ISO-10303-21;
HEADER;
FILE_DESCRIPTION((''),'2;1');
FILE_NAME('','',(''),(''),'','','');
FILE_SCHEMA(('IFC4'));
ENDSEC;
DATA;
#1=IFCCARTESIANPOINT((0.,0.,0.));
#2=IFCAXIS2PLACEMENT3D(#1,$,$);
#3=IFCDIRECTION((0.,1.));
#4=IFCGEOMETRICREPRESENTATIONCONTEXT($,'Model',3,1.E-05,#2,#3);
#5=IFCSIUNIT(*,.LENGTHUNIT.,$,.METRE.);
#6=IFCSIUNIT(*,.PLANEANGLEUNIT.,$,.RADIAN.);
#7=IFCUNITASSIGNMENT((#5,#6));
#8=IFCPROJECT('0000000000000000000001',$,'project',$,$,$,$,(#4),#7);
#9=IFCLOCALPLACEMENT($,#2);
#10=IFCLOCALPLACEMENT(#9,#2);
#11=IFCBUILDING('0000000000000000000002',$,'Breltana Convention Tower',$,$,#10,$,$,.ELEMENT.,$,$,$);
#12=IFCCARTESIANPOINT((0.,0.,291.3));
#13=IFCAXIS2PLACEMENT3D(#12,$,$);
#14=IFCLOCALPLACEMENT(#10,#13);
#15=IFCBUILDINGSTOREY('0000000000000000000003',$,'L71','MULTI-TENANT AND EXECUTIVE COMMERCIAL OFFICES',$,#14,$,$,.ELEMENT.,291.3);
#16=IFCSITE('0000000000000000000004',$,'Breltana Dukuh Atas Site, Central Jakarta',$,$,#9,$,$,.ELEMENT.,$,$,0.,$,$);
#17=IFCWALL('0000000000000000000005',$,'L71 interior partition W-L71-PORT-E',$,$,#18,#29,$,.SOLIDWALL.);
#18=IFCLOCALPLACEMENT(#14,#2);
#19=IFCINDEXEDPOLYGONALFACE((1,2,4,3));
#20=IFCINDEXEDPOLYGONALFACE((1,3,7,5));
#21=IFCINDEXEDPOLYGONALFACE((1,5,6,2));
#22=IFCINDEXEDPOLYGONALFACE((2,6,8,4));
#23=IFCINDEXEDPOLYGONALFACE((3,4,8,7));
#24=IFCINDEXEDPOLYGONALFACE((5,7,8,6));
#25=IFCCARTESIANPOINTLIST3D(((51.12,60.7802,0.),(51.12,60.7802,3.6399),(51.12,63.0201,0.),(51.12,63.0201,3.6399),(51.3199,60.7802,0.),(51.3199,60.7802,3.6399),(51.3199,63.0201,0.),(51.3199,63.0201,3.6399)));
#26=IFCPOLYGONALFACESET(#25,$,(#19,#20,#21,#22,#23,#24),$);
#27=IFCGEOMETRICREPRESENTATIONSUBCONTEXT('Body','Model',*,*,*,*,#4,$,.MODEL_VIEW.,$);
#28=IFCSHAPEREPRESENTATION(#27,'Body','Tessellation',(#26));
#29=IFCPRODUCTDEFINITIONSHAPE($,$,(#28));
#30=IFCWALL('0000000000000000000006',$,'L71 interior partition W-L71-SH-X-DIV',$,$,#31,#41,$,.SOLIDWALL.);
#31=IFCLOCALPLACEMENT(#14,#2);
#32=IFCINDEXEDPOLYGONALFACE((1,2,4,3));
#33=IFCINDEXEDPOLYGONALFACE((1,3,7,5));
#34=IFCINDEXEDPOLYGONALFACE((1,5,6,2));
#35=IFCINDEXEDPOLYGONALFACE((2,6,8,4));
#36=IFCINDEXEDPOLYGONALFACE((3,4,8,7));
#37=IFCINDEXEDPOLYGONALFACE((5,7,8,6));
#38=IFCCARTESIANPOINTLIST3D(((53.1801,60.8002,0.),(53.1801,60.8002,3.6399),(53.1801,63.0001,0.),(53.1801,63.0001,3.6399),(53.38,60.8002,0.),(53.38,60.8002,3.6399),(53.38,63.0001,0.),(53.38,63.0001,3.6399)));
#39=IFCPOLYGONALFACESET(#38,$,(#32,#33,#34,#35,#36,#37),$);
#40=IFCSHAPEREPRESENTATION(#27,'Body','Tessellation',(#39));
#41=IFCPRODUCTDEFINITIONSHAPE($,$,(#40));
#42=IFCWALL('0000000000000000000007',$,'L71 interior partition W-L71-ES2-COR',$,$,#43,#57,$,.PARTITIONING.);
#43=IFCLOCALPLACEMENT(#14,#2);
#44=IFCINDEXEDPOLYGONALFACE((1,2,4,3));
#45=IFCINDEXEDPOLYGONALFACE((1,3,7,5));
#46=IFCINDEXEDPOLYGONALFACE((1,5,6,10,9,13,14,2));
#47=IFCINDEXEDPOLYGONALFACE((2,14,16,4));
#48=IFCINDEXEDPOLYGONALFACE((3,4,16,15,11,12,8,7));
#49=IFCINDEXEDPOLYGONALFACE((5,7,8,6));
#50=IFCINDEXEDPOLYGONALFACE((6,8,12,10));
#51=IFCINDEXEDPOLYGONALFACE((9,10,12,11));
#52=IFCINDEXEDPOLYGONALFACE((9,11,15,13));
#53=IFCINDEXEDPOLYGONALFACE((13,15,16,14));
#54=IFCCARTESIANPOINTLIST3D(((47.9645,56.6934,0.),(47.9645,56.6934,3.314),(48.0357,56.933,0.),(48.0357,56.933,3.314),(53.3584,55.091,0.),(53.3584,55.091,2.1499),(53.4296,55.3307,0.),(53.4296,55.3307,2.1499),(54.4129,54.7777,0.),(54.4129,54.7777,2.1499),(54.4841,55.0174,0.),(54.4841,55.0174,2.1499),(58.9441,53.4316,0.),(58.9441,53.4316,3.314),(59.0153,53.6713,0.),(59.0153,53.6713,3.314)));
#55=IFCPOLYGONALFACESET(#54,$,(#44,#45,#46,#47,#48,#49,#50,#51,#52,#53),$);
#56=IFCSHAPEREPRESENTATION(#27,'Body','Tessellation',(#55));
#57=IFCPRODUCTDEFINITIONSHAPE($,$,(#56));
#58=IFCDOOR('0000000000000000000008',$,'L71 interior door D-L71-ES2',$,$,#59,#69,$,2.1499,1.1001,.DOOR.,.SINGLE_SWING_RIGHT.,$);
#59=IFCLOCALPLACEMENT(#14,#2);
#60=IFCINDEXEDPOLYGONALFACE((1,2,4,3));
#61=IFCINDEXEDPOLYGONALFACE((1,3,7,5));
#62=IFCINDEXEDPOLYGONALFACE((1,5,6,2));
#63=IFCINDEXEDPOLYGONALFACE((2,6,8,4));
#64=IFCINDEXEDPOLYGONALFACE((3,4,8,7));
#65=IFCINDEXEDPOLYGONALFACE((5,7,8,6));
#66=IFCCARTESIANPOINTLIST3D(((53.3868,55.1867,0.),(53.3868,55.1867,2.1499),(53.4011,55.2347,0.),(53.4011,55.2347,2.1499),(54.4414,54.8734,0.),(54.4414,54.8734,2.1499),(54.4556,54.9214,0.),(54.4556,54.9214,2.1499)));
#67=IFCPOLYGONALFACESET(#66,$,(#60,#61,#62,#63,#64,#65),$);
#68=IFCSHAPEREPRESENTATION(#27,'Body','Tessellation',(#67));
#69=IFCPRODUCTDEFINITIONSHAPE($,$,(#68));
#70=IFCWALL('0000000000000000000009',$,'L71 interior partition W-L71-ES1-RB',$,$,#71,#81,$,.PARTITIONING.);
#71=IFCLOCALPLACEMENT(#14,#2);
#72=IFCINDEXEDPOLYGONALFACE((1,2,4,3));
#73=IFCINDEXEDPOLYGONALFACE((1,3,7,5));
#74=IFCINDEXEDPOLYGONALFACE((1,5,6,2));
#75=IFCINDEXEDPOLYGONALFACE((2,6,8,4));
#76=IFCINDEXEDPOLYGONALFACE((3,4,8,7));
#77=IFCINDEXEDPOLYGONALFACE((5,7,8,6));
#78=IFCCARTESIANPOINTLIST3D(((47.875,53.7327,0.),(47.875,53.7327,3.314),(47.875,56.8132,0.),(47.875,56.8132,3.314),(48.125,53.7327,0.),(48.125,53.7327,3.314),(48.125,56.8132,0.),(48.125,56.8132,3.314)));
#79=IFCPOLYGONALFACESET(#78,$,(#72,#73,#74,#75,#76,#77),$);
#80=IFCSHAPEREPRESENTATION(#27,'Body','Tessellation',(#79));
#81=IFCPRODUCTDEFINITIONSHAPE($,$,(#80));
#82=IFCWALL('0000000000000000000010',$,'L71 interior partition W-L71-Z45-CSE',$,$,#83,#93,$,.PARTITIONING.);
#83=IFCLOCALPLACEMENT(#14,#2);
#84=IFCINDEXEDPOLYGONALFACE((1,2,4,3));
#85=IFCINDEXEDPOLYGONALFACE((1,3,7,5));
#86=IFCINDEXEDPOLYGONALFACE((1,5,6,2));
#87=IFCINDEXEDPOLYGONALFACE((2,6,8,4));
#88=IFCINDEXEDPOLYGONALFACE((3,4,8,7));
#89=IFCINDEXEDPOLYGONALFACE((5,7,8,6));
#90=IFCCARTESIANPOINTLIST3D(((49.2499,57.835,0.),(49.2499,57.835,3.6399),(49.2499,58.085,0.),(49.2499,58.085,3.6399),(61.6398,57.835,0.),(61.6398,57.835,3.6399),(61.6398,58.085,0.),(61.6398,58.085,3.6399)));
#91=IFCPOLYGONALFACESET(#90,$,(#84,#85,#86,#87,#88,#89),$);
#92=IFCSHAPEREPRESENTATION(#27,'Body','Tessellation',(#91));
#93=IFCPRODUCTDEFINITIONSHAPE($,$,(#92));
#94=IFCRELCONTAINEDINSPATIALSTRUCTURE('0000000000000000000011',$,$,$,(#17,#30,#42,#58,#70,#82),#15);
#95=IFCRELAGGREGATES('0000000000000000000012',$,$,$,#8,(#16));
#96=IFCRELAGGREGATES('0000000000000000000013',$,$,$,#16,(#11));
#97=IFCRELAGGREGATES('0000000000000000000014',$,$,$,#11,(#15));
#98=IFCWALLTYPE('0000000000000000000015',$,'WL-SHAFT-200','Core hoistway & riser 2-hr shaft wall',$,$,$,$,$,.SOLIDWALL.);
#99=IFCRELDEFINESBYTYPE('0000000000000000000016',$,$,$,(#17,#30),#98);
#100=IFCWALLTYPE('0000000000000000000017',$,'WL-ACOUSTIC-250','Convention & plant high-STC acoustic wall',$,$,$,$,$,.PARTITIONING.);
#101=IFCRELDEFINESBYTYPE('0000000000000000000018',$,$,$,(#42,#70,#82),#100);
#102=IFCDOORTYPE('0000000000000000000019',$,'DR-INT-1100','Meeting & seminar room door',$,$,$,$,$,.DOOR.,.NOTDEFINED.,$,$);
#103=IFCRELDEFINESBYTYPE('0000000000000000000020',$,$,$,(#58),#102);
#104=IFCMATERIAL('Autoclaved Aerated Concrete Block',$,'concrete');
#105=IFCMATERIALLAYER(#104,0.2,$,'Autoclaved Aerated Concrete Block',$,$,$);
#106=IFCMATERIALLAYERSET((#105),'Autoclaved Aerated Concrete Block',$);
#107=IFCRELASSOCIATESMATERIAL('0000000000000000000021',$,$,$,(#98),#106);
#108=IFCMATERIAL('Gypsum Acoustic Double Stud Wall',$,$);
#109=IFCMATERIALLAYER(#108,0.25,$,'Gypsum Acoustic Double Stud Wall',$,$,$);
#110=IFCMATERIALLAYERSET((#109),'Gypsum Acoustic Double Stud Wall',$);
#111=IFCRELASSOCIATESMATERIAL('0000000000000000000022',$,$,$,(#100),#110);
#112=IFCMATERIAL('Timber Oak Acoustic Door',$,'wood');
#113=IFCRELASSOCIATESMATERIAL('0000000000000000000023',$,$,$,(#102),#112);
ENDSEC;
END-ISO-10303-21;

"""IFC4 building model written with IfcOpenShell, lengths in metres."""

from ifc_helpers import new_model, si_unit, direction, frame, frame_2d, origin, place, context, subcontext, project, spatial, rectangle, extrude, source, transform, mapped, material, layer, layer_set, type_object, type_shapes, element, fill, save


model = new_model("IFC4")

# Units and contexts
model_context = context("Model", 3, precision=1e-05, world=origin(), true_north=direction((0.0, 1.0)))
body_context = subcontext(model_context, "Body", "Model", "MODEL_VIEW")
ifc_project = project(units=[si_unit("LENGTHUNIT", "METRE"), si_unit("PLANEANGLEUNIT", "RADIAN")], contexts=[model_context])

# Site, building, storey
site_placement = place(None, origin())
site = spatial("IfcSite", under=ifc_project, at=site_placement, Name="Breltana Dukuh Atas Site, Central Jakarta", CompositionType="ELEMENT", RefElevation=0.0)
building_placement = place(site_placement, origin())
building = spatial("IfcBuilding", under=site, at=building_placement, Name="Breltana Convention Tower", CompositionType="ELEMENT")
storey_placement = place(building_placement, frame((0.0, 0.0, 291.3)))
storey = spatial("IfcBuildingStorey", under=building, at=storey_placement, Name="L71", Description="MULTI-TENANT AND EXECUTIVE COMMERCIAL OFFICES", CompositionType="ELEMENT", Elevation=291.3)

# Walls
ifc_material_1 = material(Name="Autoclaved Aerated Concrete Block", Category="concrete")
ifc_layer_1 = layer(ifc_material_1, 0.2, Name="Autoclaved Aerated Concrete Block")
ifc_layer_set_1 = layer_set([ifc_layer_1], Name="Autoclaved Aerated Concrete Block")
wall_type_1 = type_object("IfcWallType", Name="WL-SHAFT-200", Description="Core hoistway & riser 2-hr shaft wall", PredefinedType="SOLIDWALL", material=ifc_layer_set_1)
shared_shape_1 = source(origin(), body_context, "Body", "SweptSolid", [
    extrude(rectangle(XDim=2.24, YDim=0.2, at=frame_2d((1.1201, 0.0))), origin(), (0.0, 0.0, 1.0), 3.6399),
])
for number, where, z_axis, x_axis, name in (
    (1, (51.22, 60.78, 0.0), (0.0, 0.0, 1.0), (0.0, 1.0, 0.0), "L71 interior partition W-L71-PORT-E"),
):
    element("IfcWall", number, at=place(storey_placement, frame(where, z_axis=z_axis, x_axis=x_axis)), inside=storey, type_object=wall_type_1, Name=name, PredefinedType="SOLIDWALL", context=body_context, shape_type="MappedRepresentation", body=[
        mapped(shared_shape_1, transform((0.0, 0.0, 0.0), scale=1.0)),
    ])
shared_shape_2 = source(origin(), body_context, "Body", "SweptSolid", [
    extrude(rectangle(XDim=2.2, YDim=0.2, at=frame_2d((1.1001, 0.0))), origin(), (0.0, 0.0, 1.0), 3.6399),
])
wall_1_placement = place(storey_placement, frame((53.28, 60.8, 0.0), z_axis=(0.0, 0.0, 1.0), x_axis=(0.0, 1.0, 0.0)))
element("IfcWall", 2, at=wall_1_placement, inside=storey, type_object=wall_type_1, Name="L71 interior partition W-L71-SH-X-DIV", PredefinedType="SOLIDWALL", context=body_context, shape_type="MappedRepresentation", body=[
    mapped(shared_shape_2, transform((0.0, 0.0, 0.0), scale=1.0)),
])

# Wall, opening, door
ifc_material_2 = material(Name="Gypsum Acoustic Double Stud Wall")
ifc_layer_2 = layer(ifc_material_2, 0.25, Name="Gypsum Acoustic Double Stud Wall")
ifc_layer_set_2 = layer_set([ifc_layer_2], Name="Gypsum Acoustic Double Stud Wall")
wall_type_2 = type_object("IfcWallType", Name="WL-ACOUSTIC-250", Description="Convention & plant high-STC acoustic wall", PredefinedType="PARTITIONING", material=ifc_layer_set_2)
shared_shape_3 = source(origin(), body_context, "Body", "SweptSolid", [
    extrude(rectangle(XDim=11.4539, YDim=0.25, at=frame_2d((5.7271, 0.0))), origin(), (0.0, 0.0, 1.0), 3.314),
])
wall_2_placement = place(storey_placement, frame((48.0, 56.8132, 0.0), z_axis=(0.0, 0.0, 1.0), x_axis=(0.958595, -0.284773, 0.0)))
wall_2 = element("IfcWall", 3, at=wall_2_placement, inside=storey, type_object=wall_type_2, Name="L71 interior partition W-L71-ES2-COR", PredefinedType="PARTITIONING", context=body_context, shape_type="MappedRepresentation", body=[
    mapped(shared_shape_3, transform((0.0, 0.0, 0.0), scale=1.0)),
])
opening_1_placement = place(wall_2_placement, frame((5.627, 0.0, 0.0)))
opening_1 = element("IfcOpeningElement", 4, at=opening_1_placement, cuts=wall_2, PredefinedType="OPENING", context=body_context, shape_type="SweptSolid", body=[
    extrude(rectangle(XDim=1.1001, YDim=2.1499, at=frame_2d((0.55, 1.075))), frame((0.0, 0.135, 0.0), z_axis=(0.0, -1.0, 0.0), x_axis=(1.0, 0.0, 0.0)), (0.0, 0.0, 1.0), 0.27),
])
ifc_material_3 = material(Name="Timber Oak Acoustic Door", Category="wood")
door_type_1 = type_object("IfcDoorType", Name="DR-INT-1100", Description="Meeting & seminar room door", OperationType="NOTDEFINED", PredefinedType="DOOR", material=ifc_material_3)
shared_shape_4 = source(origin(), body_context, "Body", "SweptSolid", [
    extrude(rectangle(XDim=1.1001, YDim=2.1499, at=frame_2d((0.55, 1.075))), frame((0.0, 0.0249, 0.0), z_axis=(0.0, -1.0, 0.0), x_axis=(1.0, 0.0, 0.0)), (0.0, 0.0, 1.0), 0.05),
])
type_shapes(door_type_1, [shared_shape_4])
door_1_placement = place(opening_1_placement, origin())
door_1 = element("IfcDoor", 5, at=door_1_placement, inside=storey, type_object=door_type_1, Name="L71 interior door D-L71-ES2", OperationType="SINGLE_SWING_RIGHT", OverallHeight=2.1499, OverallWidth=1.1001, PredefinedType="DOOR", context=body_context, shape_type="MappedRepresentation", body=[
    mapped(shared_shape_4, transform((0.0, 0.0, 0.0), scale=1.0)),
])
fill(opening_1, door_1)

# Walls
shared_shape_5 = source(origin(), body_context, "Body", "SweptSolid", [
    extrude(rectangle(XDim=3.0806, YDim=0.25, at=frame_2d((1.5403, 0.0))), origin(), (0.0, 0.0, 1.0), 3.314),
])
wall_3_placement = place(storey_placement, frame((48.0, 53.7327, 0.0), z_axis=(0.0, 0.0, 1.0), x_axis=(0.0, 1.0, 0.0)))
element("IfcWall", 6, at=wall_3_placement, inside=storey, type_object=wall_type_2, Name="L71 interior partition W-L71-ES1-RB", PredefinedType="PARTITIONING", context=body_context, shape_type="MappedRepresentation", body=[
    mapped(shared_shape_5, transform((0.0, 0.0, 0.0), scale=1.0)),
])
shared_shape_6 = source(origin(), body_context, "Body", "SweptSolid", [
    extrude(rectangle(XDim=12.3899, YDim=0.25, at=frame_2d((6.1948, 0.0))), origin(), (0.0, 0.0, 1.0), 3.6399),
])
wall_4_placement = place(storey_placement, frame((49.25, 57.96, 0.0), z_axis=(0.0, 0.0, 1.0), x_axis=(1.0, 0.0, 0.0)))
element("IfcWall", 7, at=wall_4_placement, inside=storey, type_object=wall_type_2, Name="L71 interior partition W-L71-Z45-CSE", PredefinedType="PARTITIONING", context=body_context, shape_type="MappedRepresentation", body=[
    mapped(shared_shape_6, transform((0.0, 0.0, 0.0), scale=1.0)),
])

save(model, "model.ifc")
